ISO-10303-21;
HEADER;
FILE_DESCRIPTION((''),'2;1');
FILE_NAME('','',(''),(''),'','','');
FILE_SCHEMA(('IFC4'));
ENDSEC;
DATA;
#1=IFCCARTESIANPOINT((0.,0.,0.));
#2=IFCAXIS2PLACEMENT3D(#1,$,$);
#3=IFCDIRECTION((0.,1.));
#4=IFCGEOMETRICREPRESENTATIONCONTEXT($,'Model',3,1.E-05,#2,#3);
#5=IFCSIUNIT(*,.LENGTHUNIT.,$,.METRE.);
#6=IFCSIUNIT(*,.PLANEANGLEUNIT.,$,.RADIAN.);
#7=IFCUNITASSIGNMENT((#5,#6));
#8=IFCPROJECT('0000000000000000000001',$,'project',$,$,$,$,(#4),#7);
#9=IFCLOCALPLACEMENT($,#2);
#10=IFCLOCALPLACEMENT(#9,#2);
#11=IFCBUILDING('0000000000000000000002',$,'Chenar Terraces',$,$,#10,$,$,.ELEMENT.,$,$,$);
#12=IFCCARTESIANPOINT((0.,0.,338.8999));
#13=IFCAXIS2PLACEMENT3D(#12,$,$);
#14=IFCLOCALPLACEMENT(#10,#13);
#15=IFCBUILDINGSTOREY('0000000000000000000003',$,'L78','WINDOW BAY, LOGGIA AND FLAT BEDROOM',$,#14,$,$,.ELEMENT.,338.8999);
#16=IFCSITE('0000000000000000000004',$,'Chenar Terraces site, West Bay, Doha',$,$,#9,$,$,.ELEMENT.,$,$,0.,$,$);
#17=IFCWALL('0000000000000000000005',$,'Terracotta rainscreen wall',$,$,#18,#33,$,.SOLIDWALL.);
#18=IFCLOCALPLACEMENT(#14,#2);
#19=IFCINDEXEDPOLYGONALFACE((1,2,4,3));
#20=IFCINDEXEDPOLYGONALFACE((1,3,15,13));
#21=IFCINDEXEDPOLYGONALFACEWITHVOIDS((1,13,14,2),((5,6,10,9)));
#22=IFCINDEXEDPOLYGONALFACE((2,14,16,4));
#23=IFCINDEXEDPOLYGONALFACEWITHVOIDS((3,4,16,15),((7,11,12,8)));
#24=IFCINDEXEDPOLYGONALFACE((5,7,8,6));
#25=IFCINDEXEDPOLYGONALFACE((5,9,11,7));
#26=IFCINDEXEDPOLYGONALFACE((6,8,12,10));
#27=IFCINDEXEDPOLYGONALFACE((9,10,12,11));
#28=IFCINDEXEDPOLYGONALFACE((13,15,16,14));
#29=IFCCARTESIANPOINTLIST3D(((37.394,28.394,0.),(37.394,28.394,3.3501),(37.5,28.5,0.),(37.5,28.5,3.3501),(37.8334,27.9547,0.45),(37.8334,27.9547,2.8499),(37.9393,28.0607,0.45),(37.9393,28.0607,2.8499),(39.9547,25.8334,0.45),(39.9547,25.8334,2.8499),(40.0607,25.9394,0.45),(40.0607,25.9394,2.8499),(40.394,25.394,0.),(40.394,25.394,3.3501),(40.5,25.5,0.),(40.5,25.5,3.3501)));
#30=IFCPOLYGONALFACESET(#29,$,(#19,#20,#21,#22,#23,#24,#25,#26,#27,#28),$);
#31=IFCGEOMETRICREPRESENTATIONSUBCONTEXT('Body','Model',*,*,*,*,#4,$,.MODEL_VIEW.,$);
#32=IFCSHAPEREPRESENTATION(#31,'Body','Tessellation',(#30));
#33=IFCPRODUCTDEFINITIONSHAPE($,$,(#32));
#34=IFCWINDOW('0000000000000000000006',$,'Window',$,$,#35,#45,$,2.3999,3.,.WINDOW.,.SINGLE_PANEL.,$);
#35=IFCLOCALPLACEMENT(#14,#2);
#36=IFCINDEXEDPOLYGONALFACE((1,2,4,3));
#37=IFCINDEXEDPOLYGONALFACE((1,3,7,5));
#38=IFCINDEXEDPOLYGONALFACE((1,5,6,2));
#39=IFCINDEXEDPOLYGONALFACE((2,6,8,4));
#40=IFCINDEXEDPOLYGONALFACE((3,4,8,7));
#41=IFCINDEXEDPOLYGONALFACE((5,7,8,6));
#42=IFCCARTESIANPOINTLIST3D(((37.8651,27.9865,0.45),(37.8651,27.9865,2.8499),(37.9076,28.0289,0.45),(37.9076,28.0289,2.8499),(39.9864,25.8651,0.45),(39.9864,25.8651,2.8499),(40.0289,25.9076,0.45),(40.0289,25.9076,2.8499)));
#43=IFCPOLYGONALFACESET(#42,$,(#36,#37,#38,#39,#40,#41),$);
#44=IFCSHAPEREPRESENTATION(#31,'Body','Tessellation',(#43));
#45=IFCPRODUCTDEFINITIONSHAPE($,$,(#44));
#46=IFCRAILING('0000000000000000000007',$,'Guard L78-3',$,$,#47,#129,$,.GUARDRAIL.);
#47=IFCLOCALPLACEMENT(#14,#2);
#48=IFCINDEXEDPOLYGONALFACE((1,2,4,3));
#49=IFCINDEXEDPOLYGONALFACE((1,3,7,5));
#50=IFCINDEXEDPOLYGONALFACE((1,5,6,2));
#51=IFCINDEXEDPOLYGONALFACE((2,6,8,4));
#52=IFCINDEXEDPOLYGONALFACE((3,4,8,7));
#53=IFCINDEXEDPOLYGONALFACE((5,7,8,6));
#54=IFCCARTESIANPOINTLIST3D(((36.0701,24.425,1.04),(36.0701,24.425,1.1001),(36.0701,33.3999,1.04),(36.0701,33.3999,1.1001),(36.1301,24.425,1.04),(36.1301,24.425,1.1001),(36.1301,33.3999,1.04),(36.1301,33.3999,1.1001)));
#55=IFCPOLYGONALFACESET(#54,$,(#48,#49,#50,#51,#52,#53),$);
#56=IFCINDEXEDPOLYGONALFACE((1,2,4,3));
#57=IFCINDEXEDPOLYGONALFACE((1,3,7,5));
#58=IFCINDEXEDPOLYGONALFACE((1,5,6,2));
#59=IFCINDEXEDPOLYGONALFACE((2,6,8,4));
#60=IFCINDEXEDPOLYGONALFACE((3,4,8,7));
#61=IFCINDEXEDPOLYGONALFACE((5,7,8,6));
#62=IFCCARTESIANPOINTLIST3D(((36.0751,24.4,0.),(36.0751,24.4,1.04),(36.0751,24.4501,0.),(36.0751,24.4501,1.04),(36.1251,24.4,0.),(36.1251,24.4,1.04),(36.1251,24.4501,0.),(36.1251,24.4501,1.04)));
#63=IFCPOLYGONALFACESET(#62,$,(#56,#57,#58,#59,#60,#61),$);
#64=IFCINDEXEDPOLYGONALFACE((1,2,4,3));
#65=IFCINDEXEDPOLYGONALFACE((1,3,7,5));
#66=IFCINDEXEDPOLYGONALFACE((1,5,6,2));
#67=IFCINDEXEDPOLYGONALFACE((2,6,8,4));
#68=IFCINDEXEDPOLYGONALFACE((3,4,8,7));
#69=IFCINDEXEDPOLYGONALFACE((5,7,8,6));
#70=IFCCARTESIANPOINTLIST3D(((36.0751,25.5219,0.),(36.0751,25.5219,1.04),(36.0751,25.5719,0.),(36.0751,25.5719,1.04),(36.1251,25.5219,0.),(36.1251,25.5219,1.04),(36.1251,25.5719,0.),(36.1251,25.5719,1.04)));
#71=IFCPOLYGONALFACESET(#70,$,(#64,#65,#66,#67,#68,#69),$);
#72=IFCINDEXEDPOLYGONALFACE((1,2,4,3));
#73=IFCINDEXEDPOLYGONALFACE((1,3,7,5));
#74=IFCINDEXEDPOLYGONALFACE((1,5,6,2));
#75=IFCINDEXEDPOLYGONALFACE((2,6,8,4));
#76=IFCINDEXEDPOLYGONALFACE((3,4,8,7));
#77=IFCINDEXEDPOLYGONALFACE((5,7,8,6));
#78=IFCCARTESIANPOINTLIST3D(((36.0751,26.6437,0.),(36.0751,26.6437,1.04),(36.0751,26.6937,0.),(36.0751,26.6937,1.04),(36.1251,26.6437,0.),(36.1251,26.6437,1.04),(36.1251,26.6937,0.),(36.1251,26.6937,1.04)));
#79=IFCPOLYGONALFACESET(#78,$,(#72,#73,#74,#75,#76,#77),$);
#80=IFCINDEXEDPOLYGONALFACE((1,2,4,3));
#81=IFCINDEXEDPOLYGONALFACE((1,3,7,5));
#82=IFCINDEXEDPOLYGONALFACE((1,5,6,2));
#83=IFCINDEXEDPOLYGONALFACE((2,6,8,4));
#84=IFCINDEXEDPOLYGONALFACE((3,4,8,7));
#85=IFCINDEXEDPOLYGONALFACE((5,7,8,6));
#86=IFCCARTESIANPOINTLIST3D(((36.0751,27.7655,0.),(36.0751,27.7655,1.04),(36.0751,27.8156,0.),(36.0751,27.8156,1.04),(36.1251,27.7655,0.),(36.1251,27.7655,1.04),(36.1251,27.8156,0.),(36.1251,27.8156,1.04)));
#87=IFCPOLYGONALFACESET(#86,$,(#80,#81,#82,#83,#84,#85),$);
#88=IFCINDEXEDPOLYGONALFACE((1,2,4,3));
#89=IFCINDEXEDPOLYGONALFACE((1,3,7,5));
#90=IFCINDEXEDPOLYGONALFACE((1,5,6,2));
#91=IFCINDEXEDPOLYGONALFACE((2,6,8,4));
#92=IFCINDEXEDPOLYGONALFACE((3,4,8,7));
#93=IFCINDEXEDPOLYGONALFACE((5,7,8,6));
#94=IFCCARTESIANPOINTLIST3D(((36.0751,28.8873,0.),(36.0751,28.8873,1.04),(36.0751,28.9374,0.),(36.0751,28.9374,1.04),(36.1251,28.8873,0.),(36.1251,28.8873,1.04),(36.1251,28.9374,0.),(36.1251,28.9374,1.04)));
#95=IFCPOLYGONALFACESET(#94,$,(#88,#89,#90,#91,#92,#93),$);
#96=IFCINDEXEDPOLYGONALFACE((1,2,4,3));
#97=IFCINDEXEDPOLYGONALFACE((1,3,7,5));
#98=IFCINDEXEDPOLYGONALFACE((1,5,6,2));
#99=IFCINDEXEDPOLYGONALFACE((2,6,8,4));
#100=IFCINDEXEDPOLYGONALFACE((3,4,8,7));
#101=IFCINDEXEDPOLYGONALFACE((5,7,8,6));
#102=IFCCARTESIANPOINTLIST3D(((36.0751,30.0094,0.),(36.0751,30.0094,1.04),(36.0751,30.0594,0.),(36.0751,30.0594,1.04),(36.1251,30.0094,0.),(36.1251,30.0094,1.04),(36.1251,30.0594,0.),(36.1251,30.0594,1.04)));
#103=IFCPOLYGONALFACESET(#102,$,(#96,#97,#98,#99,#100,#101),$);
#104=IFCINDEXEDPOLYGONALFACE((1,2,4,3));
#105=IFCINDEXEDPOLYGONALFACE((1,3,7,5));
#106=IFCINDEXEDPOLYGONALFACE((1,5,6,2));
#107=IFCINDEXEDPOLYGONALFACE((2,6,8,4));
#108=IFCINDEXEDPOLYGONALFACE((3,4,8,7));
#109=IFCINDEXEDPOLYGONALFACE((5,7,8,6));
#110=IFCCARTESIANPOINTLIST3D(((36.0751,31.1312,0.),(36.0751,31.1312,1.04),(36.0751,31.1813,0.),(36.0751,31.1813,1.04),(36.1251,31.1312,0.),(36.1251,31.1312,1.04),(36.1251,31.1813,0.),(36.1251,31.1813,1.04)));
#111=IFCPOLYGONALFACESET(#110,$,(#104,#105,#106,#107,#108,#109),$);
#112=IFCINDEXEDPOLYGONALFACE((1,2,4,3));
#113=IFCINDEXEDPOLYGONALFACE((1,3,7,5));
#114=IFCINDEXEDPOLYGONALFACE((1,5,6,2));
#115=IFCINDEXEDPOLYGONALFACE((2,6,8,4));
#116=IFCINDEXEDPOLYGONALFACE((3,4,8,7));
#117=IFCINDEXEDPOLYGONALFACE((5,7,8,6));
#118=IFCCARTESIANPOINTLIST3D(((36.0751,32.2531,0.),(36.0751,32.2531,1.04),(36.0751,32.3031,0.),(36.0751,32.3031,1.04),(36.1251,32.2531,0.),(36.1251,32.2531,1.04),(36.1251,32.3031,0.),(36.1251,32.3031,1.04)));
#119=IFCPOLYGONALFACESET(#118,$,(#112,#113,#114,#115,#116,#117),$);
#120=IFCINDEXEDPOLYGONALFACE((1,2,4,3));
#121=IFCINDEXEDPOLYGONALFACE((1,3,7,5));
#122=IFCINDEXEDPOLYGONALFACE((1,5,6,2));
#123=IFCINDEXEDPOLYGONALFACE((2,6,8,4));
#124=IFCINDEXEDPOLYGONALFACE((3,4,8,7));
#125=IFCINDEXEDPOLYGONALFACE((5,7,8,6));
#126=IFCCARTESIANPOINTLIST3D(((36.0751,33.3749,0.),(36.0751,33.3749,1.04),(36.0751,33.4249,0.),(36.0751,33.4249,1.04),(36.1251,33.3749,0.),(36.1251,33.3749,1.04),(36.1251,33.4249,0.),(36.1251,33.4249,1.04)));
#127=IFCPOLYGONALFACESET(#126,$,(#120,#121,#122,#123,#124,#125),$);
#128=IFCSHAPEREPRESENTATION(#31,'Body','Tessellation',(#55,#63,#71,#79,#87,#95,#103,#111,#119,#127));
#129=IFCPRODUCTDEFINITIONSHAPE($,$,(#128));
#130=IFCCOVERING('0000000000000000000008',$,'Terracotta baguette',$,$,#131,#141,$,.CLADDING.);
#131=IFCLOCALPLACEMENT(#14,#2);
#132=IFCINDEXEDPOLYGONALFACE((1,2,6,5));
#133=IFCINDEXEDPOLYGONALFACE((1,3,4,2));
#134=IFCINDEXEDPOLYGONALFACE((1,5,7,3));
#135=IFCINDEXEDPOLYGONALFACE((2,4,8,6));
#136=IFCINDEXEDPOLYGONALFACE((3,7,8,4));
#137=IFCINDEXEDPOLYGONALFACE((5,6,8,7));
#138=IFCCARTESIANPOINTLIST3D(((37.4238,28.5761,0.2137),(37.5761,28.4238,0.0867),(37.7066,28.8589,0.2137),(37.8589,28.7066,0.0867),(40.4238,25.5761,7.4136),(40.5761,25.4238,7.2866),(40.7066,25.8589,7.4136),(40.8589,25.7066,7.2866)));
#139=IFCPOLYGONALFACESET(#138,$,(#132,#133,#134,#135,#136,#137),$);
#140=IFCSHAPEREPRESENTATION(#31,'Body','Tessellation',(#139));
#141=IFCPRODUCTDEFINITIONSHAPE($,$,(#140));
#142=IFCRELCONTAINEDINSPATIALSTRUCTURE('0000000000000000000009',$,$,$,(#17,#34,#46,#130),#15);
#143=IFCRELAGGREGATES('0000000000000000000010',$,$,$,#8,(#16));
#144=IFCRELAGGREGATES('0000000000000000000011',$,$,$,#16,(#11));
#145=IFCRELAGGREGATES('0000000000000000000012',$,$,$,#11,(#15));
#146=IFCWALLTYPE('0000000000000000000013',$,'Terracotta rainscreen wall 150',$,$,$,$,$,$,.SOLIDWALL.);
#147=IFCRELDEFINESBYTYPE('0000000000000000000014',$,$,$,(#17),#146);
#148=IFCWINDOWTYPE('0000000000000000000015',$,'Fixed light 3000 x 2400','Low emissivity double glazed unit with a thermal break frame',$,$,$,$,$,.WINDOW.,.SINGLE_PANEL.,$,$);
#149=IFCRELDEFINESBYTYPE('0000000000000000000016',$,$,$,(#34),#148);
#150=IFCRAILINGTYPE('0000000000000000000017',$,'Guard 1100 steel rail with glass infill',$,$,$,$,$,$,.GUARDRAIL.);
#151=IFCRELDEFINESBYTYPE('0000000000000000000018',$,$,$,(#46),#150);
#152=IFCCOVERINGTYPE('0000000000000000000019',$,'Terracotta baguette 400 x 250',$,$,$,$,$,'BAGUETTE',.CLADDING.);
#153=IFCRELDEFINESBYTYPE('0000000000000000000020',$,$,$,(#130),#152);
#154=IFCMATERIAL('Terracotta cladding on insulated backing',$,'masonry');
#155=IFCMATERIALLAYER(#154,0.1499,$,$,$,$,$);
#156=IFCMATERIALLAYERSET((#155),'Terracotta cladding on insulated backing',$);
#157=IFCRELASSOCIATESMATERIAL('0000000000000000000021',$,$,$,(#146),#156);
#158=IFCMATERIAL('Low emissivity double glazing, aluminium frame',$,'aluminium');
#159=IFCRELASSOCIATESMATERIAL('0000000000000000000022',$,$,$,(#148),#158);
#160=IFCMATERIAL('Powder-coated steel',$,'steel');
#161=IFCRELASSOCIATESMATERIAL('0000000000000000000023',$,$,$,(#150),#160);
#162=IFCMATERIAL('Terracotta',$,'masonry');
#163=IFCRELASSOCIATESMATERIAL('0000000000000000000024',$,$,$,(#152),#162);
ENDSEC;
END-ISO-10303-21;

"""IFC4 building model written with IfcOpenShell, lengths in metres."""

from ifc_helpers import new_model, si_unit, direction, frame, frame_2d, origin, origin_2d, place, context, subcontext, project, spatial, rectangle, extrude, material, layer, layer_set, material_profile, profile_set, type_object, element, fill, save


model = new_model("IFC4")

# Units and contexts
model_context = context("Model", 3, precision=1e-05, world=origin(), true_north=direction((0.0, 1.0)))
body_context = subcontext(model_context, "Body", "Model", "MODEL_VIEW")
ifc_project = project(units=[si_unit("LENGTHUNIT", "METRE"), si_unit("PLANEANGLEUNIT", "RADIAN")], contexts=[model_context])

# Site, building, storey
site_placement = place(None, origin())
site = spatial("IfcSite", under=ifc_project, at=site_placement, Name="Chenar Terraces site, West Bay, Doha", CompositionType="ELEMENT", RefElevation=0.0)
building_placement = place(site_placement, origin())
building = spatial("IfcBuilding", under=site, at=building_placement, Name="Chenar Terraces", CompositionType="ELEMENT")
storey_placement = place(building_placement, frame((0.0, 0.0, 338.8999)))
storey = spatial("IfcBuildingStorey", under=building, at=storey_placement, Name="L78", Description="WINDOW BAY, LOGGIA AND FLAT BEDROOM", CompositionType="ELEMENT", Elevation=338.8999)

# Wall, opening, window
ifc_material_1 = material(Name="Terracotta cladding on insulated backing", Category="masonry")
ifc_layer_1 = layer(ifc_material_1, 0.1499)
ifc_layer_set_1 = layer_set([ifc_layer_1], Name="Terracotta cladding on insulated backing")
wall_type_1 = type_object("IfcWallType", Name="Terracotta rainscreen wall 150", PredefinedType="SOLIDWALL", material=ifc_layer_set_1)
wall_1_placement = place(storey_placement, frame((40.447, 25.447, 0.0), z_axis=(0.0, 0.0, 1.0), x_axis=(-0.707107, 0.707107, 0.0)))
wall_1 = element("IfcWall", 1, at=wall_1_placement, inside=storey, type_object=wall_type_1, Name="Terracotta rainscreen wall", PredefinedType="SOLIDWALL", context=body_context, shape_type="SweptSolid", body=[
    extrude(rectangle(XDim=4.2427, YDim=0.1499, at=frame_2d((2.1213, 0.0))), origin(), (0.0, 0.0, 1.0), 3.3501),
])
opening_1_placement = place(wall_1_placement, frame((0.6213, 0.0, 0.45)))
opening_1 = element("IfcOpeningElement", 2, at=opening_1_placement, cuts=wall_1, PredefinedType="OPENING", context=body_context, shape_type="SweptSolid", body=[
    extrude(rectangle(XDim=3.0, YDim=2.3999, at=frame_2d((1.5, 1.2))), frame((0.0, 0.085, 0.0), z_axis=(0.0, -1.0, 0.0), x_axis=(1.0, 0.0, 0.0)), (0.0, 0.0, 1.0), 0.1699),
])
ifc_material_2 = material(Name="Low emissivity double glazing, aluminium frame", Category="aluminium")
window_type = type_object("IfcWindowType", Name="Fixed light 3000 x 2400", Description="Low emissivity double glazed unit with a thermal break frame", PartitioningType="SINGLE_PANEL", PredefinedType="WINDOW", material=ifc_material_2)
window_placement = place(opening_1_placement, origin())
window = element("IfcWindow", 3, at=window_placement, inside=storey, type_object=window_type, Name="Window", OverallHeight=2.3999, OverallWidth=3.0, PartitioningType="SINGLE_PANEL", PredefinedType="WINDOW", context=body_context, shape_type="SweptSolid", body=[
    extrude(rectangle(XDim=3.0, YDim=2.3999, at=frame_2d((1.5, 1.2))), frame((0.0, 0.03, 0.0), z_axis=(0.0, -1.0, 0.0), x_axis=(1.0, 0.0, 0.0)), (0.0, 0.0, 1.0), 0.0601),
])
fill(opening_1, window)

# Railing
ifc_material_3 = material(Name="Powder-coated steel", Category="steel")
railing_type = type_object("IfcRailingType", Name="Guard 1100 steel rail with glass infill", PredefinedType="GUARDRAIL", material=ifc_material_3)
railing_placement = place(storey_placement, frame((36.1001, 24.425, 0.0)))
element("IfcRailing", 4, at=railing_placement, inside=storey, type_object=railing_type, Name="Guard L78-3", PredefinedType="GUARDRAIL", context=body_context, shape_type="SweptSolid", body=[
    extrude(rectangle(XDim=0.0601, YDim=0.0601, at=origin_2d()), frame((0.0, 0.0, 1.0701), z_axis=(0.0, 1.0, 0.0), x_axis=(-1.0, 0.0, 0.0)), (0.0, 0.0, 1.0), 8.9749),
    extrude(rectangle(XDim=0.05, YDim=0.05, at=origin_2d()), origin(), (0.0, 0.0, 1.0), 1.04),
    extrude(rectangle(XDim=0.05, YDim=0.05, at=origin_2d()), frame((0.0, 1.1218, 0.0)), (0.0, 0.0, 1.0), 1.04),
    extrude(rectangle(XDim=0.05, YDim=0.05, at=origin_2d()), frame((0.0, 2.2437, 0.0)), (0.0, 0.0, 1.0), 1.04),
    extrude(rectangle(XDim=0.05, YDim=0.05, at=origin_2d()), frame((0.0, 3.3655, 0.0)), (0.0, 0.0, 1.0), 1.04),
    extrude(rectangle(XDim=0.05, YDim=0.05, at=origin_2d()), frame((0.0, 4.4873, 0.0)), (0.0, 0.0, 1.0), 1.04),
    extrude(rectangle(XDim=0.05, YDim=0.05, at=origin_2d()), frame((0.0, 5.6094, 0.0)), (0.0, 0.0, 1.0), 1.04),
    extrude(rectangle(XDim=0.05, YDim=0.05, at=origin_2d()), frame((0.0, 6.7312, 0.0)), (0.0, 0.0, 1.0), 1.04),
    extrude(rectangle(XDim=0.05, YDim=0.05, at=origin_2d()), frame((0.0, 7.853, 0.0)), (0.0, 0.0, 1.0), 1.04),
    extrude(rectangle(XDim=0.05, YDim=0.05, at=origin_2d()), frame((0.0, 8.9749, 0.0)), (0.0, 0.0, 1.0), 1.04),
])

# Covering
ifc_material_4 = material(Name="Terracotta", Category="masonry")
ifc_material_profile_1 = material_profile(ifc_material_4, rectangle(XDim=0.3999, YDim=0.25, at=origin_2d()), Name="Terracotta baguette 400 x 250")
ifc_profile_set_1 = profile_set([ifc_material_profile_1], Name="Terracotta")
covering_type = type_object("IfcCoveringType", Name="Terracotta baguette 400 x 250", ElementType="BAGUETTE", PredefinedType="CLADDING", material=ifc_profile_set_1)
covering_placement = place(storey_placement, frame((40.6414, 25.6414, 7.3501), z_axis=(-0.358981, 0.358981, -0.861548), x_axis=(-0.707107, -0.707107, 0.0)))
element("IfcCovering", 5, at=covering_placement, inside=storey, type_object=covering_type, Name="Terracotta baguette", PredefinedType="CLADDING", context=body_context, shape_type="SweptSolid", body=[
    extrude(rectangle(XDim=0.3999, YDim=0.25, at=origin_2d()), origin(), (0.0, 0.0, 1.0), 8.3569),
])

save(model, "model.ifc")
